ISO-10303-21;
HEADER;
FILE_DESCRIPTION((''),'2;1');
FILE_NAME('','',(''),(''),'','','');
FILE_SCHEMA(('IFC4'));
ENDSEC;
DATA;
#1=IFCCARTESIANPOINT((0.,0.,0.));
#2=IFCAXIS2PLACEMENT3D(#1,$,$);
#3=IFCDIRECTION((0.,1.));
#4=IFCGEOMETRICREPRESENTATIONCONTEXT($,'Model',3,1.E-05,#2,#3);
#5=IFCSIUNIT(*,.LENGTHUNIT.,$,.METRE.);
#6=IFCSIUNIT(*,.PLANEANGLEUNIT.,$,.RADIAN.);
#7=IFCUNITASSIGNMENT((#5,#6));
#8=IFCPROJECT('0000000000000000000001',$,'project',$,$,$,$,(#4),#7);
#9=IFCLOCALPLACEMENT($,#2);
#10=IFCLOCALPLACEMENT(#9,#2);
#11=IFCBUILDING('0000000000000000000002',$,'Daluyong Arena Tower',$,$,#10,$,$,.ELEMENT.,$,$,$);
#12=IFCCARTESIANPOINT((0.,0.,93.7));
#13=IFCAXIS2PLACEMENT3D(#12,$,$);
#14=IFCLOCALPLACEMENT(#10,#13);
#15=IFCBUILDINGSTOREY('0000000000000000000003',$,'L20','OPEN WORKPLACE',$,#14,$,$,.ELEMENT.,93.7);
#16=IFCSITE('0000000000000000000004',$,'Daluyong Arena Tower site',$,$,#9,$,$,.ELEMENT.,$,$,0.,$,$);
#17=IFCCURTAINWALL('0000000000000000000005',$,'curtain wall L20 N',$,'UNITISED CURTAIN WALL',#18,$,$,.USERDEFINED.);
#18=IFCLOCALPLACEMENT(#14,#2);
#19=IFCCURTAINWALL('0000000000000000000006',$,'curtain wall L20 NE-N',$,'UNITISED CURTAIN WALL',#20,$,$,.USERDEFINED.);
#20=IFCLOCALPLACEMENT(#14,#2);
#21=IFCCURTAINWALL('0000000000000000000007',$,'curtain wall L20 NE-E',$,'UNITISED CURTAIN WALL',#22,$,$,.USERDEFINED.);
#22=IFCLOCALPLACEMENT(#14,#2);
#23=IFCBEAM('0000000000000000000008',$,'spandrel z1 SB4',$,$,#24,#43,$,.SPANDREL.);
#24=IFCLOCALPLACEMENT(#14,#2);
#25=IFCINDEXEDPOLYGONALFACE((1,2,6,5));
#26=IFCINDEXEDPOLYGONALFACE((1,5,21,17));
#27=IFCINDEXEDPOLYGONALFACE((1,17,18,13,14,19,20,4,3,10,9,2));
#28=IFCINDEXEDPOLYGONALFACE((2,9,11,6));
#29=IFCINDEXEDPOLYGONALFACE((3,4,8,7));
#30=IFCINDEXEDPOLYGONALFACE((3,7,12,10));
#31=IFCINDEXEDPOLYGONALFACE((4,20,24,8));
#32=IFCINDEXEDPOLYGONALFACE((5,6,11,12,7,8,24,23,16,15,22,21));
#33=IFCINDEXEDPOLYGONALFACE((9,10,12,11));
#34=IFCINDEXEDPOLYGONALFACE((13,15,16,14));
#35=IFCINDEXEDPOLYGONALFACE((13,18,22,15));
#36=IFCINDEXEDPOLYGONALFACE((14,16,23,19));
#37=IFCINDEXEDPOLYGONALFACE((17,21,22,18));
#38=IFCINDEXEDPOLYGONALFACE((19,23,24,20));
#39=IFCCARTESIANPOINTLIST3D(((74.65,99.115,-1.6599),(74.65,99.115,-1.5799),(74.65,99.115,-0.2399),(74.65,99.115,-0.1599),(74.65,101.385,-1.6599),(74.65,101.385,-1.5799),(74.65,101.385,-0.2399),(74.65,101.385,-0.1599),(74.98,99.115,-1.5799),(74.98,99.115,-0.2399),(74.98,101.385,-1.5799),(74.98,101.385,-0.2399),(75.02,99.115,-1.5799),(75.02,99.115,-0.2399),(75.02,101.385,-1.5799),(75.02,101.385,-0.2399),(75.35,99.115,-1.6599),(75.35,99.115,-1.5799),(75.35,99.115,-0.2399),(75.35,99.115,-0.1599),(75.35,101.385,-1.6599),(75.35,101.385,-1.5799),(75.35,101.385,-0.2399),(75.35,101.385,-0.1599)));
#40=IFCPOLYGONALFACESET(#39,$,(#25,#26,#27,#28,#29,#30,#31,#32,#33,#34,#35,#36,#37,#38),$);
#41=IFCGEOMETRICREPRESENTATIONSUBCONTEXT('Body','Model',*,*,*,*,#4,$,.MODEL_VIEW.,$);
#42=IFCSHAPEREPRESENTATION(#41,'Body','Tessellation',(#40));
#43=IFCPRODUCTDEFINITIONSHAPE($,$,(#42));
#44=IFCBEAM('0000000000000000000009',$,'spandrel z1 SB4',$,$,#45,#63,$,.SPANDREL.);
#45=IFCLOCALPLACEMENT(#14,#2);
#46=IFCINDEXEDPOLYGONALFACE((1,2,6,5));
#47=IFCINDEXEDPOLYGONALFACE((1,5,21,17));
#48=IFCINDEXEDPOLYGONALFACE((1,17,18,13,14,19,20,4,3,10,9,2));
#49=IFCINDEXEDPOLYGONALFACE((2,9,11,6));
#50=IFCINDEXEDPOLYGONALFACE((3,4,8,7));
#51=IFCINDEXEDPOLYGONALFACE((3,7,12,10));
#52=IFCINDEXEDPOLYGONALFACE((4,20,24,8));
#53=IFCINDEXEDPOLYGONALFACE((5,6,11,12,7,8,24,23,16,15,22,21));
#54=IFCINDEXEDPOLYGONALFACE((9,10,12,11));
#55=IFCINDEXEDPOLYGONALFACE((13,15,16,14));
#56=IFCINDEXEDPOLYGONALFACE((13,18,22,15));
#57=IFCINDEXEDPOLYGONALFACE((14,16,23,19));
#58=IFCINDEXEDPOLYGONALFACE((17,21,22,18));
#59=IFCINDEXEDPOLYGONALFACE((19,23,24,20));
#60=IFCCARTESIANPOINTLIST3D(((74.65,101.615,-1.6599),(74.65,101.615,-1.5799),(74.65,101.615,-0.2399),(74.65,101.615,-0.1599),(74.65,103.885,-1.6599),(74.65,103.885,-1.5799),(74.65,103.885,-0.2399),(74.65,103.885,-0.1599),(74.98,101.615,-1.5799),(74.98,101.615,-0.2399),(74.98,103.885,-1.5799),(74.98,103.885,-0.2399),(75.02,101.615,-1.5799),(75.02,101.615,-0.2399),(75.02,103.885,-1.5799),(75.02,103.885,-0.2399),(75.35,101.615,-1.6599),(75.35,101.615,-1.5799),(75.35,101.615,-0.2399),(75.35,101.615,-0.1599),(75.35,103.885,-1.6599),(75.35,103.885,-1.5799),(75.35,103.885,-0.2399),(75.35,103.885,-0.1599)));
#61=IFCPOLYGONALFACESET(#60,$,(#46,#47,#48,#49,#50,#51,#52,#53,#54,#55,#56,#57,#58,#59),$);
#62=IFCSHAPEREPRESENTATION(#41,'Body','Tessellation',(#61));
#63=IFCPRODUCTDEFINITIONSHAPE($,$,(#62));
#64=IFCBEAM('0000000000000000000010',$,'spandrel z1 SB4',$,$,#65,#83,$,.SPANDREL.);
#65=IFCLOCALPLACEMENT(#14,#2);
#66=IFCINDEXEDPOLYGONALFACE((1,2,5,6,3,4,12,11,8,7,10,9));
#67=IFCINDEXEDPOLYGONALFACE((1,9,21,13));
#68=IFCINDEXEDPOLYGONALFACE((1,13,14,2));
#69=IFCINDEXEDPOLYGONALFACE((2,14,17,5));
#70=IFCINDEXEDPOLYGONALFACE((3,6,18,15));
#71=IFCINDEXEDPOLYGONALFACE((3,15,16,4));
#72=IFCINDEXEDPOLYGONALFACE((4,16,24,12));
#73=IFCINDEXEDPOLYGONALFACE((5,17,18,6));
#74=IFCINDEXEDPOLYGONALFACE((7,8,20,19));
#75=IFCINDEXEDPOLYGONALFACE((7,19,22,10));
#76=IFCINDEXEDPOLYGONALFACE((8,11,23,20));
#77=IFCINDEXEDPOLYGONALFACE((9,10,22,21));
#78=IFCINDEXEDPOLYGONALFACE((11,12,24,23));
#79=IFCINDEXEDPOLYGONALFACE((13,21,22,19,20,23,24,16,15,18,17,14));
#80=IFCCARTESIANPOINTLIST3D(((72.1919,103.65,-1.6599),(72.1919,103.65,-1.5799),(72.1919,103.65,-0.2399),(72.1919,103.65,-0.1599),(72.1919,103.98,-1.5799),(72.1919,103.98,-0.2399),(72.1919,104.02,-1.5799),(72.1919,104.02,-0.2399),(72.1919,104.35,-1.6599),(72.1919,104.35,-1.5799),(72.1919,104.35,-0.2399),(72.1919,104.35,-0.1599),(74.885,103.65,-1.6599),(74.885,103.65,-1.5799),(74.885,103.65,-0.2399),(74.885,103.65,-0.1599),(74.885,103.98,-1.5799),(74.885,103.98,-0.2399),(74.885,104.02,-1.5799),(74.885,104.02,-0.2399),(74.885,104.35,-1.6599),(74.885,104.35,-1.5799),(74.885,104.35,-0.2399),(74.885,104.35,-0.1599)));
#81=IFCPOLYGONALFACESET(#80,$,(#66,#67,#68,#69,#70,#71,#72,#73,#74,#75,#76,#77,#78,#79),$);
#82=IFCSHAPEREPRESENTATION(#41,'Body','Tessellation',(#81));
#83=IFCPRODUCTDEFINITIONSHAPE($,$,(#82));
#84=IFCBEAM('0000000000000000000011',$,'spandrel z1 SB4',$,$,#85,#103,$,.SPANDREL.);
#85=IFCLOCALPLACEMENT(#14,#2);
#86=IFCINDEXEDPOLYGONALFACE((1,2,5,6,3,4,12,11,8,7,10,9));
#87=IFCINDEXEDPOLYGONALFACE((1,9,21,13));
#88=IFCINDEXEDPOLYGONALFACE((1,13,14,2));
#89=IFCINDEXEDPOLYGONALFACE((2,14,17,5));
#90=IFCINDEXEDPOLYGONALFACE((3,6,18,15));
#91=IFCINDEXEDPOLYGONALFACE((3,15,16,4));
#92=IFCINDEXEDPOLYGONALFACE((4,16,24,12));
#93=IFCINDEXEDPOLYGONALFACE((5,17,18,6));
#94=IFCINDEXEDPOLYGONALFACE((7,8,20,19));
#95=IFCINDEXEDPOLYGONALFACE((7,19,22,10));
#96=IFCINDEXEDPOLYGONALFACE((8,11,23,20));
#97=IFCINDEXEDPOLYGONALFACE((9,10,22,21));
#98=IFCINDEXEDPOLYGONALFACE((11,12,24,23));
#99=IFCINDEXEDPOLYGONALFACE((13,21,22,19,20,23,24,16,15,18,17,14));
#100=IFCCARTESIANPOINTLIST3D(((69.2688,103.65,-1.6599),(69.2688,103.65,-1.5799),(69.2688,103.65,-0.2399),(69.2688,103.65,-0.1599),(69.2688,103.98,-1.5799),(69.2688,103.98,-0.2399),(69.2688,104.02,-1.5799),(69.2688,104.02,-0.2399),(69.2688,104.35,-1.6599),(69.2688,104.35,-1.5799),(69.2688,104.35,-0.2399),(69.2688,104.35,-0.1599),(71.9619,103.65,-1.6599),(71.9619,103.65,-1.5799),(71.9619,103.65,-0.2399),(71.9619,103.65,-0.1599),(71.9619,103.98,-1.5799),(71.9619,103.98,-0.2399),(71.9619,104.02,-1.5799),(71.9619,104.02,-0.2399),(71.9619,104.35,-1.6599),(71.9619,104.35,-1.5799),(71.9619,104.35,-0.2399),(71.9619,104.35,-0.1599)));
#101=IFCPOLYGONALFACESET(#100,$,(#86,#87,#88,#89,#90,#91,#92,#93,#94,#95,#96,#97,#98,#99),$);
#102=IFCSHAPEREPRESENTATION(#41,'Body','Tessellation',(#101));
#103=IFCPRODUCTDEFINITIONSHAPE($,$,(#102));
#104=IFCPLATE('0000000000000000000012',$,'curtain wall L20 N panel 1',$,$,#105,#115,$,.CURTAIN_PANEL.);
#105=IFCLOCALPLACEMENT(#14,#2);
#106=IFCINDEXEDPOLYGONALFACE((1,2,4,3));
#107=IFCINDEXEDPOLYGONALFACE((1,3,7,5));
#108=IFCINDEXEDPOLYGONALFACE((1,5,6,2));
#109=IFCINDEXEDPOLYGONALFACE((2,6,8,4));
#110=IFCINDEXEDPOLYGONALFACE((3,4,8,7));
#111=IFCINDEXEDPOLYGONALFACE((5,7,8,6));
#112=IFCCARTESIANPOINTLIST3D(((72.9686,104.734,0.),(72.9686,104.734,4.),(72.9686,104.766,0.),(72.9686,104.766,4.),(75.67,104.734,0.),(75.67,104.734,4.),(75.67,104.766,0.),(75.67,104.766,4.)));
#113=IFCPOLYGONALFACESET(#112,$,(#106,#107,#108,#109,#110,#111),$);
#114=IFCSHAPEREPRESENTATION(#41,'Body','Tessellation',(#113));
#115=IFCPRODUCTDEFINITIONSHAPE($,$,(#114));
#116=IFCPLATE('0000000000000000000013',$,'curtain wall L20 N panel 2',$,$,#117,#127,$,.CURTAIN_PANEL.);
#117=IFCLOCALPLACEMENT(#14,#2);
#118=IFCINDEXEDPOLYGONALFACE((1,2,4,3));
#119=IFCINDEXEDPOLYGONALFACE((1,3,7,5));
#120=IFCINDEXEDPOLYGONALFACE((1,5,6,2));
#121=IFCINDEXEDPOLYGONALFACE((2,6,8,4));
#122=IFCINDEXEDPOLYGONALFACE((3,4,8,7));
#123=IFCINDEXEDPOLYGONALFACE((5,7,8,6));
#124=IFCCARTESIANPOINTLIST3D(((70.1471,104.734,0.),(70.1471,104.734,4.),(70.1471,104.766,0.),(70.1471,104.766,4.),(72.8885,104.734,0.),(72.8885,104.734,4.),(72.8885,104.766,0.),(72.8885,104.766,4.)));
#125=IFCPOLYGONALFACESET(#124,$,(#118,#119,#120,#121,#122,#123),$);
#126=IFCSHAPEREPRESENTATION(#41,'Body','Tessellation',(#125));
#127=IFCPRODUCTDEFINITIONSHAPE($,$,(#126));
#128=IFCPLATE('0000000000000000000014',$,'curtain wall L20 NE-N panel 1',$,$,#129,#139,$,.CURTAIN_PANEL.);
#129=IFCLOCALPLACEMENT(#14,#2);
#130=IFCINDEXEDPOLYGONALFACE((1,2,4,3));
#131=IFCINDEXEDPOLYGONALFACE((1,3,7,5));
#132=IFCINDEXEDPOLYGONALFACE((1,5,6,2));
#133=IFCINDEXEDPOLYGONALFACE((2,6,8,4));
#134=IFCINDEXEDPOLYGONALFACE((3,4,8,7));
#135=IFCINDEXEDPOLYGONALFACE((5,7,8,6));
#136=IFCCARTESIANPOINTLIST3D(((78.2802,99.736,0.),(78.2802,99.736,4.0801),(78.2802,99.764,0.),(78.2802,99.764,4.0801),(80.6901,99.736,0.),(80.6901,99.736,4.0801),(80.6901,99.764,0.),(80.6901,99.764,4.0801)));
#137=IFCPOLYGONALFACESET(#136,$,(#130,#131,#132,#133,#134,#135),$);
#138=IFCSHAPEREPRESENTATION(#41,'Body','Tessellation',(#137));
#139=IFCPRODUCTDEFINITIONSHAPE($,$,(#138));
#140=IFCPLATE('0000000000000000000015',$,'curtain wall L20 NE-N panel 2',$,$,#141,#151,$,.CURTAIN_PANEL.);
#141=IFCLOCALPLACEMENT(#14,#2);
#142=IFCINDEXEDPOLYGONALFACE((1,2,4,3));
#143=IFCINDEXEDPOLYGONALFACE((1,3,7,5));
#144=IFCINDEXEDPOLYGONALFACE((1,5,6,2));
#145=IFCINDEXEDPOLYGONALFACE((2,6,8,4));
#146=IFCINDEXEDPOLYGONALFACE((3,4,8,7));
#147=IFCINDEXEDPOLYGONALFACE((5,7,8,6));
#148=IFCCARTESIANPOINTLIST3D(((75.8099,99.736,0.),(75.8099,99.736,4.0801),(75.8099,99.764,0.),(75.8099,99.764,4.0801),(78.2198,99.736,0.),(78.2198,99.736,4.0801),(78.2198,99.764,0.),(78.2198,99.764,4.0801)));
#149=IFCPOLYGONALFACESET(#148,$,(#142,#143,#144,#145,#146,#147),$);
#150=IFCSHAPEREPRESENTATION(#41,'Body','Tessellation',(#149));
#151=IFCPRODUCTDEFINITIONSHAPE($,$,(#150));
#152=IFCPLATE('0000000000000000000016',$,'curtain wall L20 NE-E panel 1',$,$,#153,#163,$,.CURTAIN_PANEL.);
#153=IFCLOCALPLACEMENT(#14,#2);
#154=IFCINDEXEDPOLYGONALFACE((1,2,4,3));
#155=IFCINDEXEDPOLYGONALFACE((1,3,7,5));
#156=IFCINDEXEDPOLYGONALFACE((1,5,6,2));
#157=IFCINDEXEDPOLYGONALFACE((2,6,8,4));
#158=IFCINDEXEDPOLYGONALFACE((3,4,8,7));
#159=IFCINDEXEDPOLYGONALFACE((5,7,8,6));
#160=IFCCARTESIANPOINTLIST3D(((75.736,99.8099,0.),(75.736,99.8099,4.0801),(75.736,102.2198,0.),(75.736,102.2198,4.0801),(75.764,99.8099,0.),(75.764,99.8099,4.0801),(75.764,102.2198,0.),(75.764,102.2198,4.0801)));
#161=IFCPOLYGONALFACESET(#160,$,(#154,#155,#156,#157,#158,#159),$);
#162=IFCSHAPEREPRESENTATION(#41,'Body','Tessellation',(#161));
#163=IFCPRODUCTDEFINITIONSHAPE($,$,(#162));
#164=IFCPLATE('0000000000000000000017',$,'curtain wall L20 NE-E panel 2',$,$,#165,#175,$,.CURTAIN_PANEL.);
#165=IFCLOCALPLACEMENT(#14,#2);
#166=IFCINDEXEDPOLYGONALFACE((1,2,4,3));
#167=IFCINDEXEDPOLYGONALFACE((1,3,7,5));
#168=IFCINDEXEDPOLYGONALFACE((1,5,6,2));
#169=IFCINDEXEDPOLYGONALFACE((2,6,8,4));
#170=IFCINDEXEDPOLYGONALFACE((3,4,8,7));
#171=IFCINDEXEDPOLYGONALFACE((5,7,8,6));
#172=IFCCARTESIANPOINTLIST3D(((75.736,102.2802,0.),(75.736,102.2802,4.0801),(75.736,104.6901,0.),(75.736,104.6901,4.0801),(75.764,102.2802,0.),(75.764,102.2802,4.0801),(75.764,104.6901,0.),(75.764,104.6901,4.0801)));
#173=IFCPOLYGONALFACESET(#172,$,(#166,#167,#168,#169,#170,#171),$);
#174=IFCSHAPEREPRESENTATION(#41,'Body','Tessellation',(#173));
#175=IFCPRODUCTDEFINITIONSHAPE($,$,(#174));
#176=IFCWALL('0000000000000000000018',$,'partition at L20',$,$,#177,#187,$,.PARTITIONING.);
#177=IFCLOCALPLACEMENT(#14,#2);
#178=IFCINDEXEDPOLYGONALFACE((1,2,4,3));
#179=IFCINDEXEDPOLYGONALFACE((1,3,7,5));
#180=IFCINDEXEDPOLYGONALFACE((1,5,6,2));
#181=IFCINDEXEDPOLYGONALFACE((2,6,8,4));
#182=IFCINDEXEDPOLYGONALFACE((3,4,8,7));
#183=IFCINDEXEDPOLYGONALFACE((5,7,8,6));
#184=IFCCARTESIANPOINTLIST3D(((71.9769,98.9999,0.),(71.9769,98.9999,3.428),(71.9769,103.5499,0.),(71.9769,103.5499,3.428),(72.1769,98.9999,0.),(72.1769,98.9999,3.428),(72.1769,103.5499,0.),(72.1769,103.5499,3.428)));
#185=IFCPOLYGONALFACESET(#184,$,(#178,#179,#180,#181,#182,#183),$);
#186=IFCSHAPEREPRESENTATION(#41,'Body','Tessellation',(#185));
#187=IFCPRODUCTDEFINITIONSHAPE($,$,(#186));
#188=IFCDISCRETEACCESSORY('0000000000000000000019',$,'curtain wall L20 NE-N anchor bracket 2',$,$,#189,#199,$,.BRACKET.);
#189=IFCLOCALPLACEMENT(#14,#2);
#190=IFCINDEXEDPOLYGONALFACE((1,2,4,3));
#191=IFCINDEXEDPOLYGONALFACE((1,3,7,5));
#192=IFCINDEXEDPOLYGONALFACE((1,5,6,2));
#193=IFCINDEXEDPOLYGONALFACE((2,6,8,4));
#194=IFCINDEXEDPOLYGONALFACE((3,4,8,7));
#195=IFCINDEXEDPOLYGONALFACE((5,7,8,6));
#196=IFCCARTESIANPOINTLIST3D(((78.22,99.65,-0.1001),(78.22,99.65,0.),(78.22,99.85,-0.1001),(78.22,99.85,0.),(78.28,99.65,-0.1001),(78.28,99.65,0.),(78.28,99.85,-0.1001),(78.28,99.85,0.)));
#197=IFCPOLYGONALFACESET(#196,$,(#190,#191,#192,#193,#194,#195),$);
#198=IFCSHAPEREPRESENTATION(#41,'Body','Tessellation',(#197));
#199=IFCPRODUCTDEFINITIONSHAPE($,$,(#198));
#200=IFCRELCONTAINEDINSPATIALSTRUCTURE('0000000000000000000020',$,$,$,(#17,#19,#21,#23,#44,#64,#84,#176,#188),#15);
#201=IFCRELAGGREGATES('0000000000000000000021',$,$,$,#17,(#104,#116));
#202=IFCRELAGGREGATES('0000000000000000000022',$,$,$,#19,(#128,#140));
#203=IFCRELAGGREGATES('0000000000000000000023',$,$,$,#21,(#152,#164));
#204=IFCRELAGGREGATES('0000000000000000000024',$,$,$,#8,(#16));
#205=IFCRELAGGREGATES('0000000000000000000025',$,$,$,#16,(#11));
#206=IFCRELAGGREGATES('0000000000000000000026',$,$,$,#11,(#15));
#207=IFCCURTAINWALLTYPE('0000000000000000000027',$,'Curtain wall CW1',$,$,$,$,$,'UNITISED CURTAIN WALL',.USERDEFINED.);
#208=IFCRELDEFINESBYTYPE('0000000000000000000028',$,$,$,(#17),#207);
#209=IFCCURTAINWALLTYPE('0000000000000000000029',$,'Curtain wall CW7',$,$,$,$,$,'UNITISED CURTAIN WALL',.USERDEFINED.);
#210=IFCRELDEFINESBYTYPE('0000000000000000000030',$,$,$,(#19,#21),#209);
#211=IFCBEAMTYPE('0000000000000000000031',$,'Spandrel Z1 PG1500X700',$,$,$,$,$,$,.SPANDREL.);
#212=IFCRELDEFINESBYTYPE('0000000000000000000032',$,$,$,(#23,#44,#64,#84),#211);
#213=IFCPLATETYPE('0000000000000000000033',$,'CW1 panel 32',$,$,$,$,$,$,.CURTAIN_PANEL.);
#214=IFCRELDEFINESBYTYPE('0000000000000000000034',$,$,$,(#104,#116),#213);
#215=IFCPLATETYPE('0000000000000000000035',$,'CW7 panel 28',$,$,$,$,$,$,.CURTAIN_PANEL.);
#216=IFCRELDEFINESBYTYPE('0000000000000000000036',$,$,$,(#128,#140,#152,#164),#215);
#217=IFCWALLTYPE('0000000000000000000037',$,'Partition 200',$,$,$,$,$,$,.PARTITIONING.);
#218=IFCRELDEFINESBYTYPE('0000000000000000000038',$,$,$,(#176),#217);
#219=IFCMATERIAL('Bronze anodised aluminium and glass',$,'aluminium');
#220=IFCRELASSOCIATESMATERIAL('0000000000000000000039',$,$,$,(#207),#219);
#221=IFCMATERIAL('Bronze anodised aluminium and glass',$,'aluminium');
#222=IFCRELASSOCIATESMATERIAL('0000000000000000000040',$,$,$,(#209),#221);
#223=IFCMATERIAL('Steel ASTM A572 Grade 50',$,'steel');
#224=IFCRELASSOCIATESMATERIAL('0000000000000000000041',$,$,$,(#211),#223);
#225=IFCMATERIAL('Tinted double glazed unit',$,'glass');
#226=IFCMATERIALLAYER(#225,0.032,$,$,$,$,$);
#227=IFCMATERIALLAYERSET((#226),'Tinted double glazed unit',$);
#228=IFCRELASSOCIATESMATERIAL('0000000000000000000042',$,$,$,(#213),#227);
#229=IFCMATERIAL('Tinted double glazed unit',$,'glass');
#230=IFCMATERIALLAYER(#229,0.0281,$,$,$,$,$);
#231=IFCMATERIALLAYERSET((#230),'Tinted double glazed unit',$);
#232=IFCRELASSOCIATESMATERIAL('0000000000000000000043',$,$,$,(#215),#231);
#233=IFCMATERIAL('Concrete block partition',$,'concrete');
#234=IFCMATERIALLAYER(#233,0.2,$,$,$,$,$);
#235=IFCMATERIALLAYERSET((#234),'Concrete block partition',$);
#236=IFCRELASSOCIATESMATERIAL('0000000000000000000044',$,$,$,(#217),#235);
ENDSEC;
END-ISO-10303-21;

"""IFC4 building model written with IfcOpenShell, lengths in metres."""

from ifc_helpers import new_model, si_unit, direction, frame, frame_2d, origin, origin_2d, place, context, subcontext, project, spatial, rectangle, i_section, extrude, material, layer, layer_set, material_profile, profile_set, type_object, element, aggregate, save


model = new_model("IFC4")

# Units and contexts
model_context = context("Model", 3, precision=1e-05, world=origin(), true_north=direction((0.0, 1.0)))
body_context = subcontext(model_context, "Body", "Model", "MODEL_VIEW")
ifc_project = project(units=[si_unit("LENGTHUNIT", "METRE"), si_unit("PLANEANGLEUNIT", "RADIAN")], contexts=[model_context])

# Site, building, storey
site_placement = place(None, origin())
site = spatial("IfcSite", under=ifc_project, at=site_placement, Name="Daluyong Arena Tower site", CompositionType="ELEMENT", RefElevation=0.0)
building_placement = place(site_placement, origin())
building = spatial("IfcBuilding", under=site, at=building_placement, Name="Daluyong Arena Tower", CompositionType="ELEMENT")
storey_placement = place(building_placement, frame((0.0, 0.0, 93.7)))
storey = spatial("IfcBuildingStorey", under=building, at=storey_placement, Name="L20", Description="OPEN WORKPLACE", CompositionType="ELEMENT", Elevation=93.7)

# Shared definitions
ifc_material_1 = material(Name="Bronze anodised aluminium and glass", Category="aluminium")
curtain_wall_type_1 = type_object("IfcCurtainWallType", Name="Curtain wall CW1", ElementType="UNITISED CURTAIN WALL", PredefinedType="USERDEFINED", material=ifc_material_1)

# Curtain walls
curtain_wall_1_placement = place(storey_placement, origin())
curtain_wall_1 = element("IfcCurtainWall", 1, at=curtain_wall_1_placement, inside=storey, type_object=curtain_wall_type_1, Name="curtain wall L20 N", ObjectType="UNITISED CURTAIN WALL", PredefinedType="USERDEFINED")
ifc_material_2 = material(Name="Bronze anodised aluminium and glass", Category="aluminium")
curtain_wall_type_2 = type_object("IfcCurtainWallType", Name="Curtain wall CW7", ElementType="UNITISED CURTAIN WALL", PredefinedType="USERDEFINED", material=ifc_material_2)
curtain_wall_2_placement = place(storey_placement, origin())
curtain_wall_2 = element("IfcCurtainWall", 2, at=curtain_wall_2_placement, inside=storey, type_object=curtain_wall_type_2, Name="curtain wall L20 NE-N", ObjectType="UNITISED CURTAIN WALL", PredefinedType="USERDEFINED")
curtain_wall_3_placement = place(storey_placement, origin())
curtain_wall_3 = element("IfcCurtainWall", 3, at=curtain_wall_3_placement, inside=storey, type_object=curtain_wall_type_2, Name="curtain wall L20 NE-E", ObjectType="UNITISED CURTAIN WALL", PredefinedType="USERDEFINED")

# Beams
ifc_material_3 = material(Name="Steel ASTM A572 Grade 50", Category="steel")
ifc_material_profile_1 = material_profile(ifc_material_3, i_section(OverallWidth=0.7, OverallDepth=1.5, WebThickness=0.04, FlangeThickness=0.08, at=origin_2d()))
ifc_profile_set_1 = profile_set([ifc_material_profile_1], Name="Steel ASTM A572 Grade 50")
beam_type_1 = type_object("IfcBeamType", Name="Spandrel Z1 PG1500X700", PredefinedType="SPANDREL", material=ifc_profile_set_1)
for number, where, z_axis, x_axis, name in (
    (4, (75.0, 99.115, -0.9099), (0.0, 1.0, 0.0), (-1.0, 0.0, 0.0), "spandrel z1 SB4"),
    (5, (75.0, 101.615, -0.9099), (0.0, 1.0, 0.0), (-1.0, 0.0, 0.0), "spandrel z1 SB4"),
):
    element("IfcBeam", number, at=place(storey_placement, frame(where, z_axis=z_axis, x_axis=x_axis)), inside=storey, type_object=beam_type_1, Name=name, PredefinedType="SPANDREL", context=body_context, shape_type="SweptSolid", body=[
        extrude(i_section(OverallWidth=0.7, OverallDepth=1.5, WebThickness=0.04, FlangeThickness=0.08, at=origin_2d()), origin(), (0.0, 0.0, 1.0), 2.27),
    ])
for number, where, z_axis, x_axis, name in (
    (6, (74.885, 104.0, -0.9099), (-1.0, 0.0, 0.0), (0.0, -1.0, 0.0), "spandrel z1 SB4"),
    (7, (71.9619, 104.0, -0.9099), (-1.0, 0.0, 0.0), (0.0, -1.0, 0.0), "spandrel z1 SB4"),
):
    element("IfcBeam", number, at=place(storey_placement, frame(where, z_axis=z_axis, x_axis=x_axis)), inside=storey, type_object=beam_type_1, Name=name, PredefinedType="SPANDREL", context=body_context, shape_type="SweptSolid", body=[
        extrude(i_section(OverallWidth=0.7, OverallDepth=1.5, WebThickness=0.04, FlangeThickness=0.08, at=origin_2d()), origin(), (0.0, 0.0, 1.0), 2.6931),
    ])

# Plates
ifc_material_4 = material(Name="Tinted double glazed unit", Category="glass")
ifc_layer_1 = layer(ifc_material_4, 0.032)
ifc_layer_set_1 = layer_set([ifc_layer_1], Name="Tinted double glazed unit")
plate_type_1 = type_object("IfcPlateType", Name="CW1 panel 32", PredefinedType="CURTAIN_PANEL", material=ifc_layer_set_1)
plate_1_placement = place(storey_placement, frame((74.3193, 104.75, 0.0), z_axis=(0.0, 0.0, 1.0), x_axis=(-1.0, 0.0, 0.0)))
plate_1 = element("IfcPlate", 8, at=plate_1_placement, type_object=plate_type_1, Name="curtain wall L20 N panel 1", PredefinedType="CURTAIN_PANEL", context=body_context, shape_type="SweptSolid", body=[
    extrude(rectangle(XDim=2.7014, YDim=0.032, at=origin_2d()), origin(), (0.0, 0.0, 1.0), 4.0),
])
plate_2_placement = place(storey_placement, frame((71.5178, 104.75, 0.0), z_axis=(0.0, 0.0, 1.0), x_axis=(-1.0, 0.0, 0.0)))
plate_2 = element("IfcPlate", 9, at=plate_2_placement, type_object=plate_type_1, Name="curtain wall L20 N panel 2", PredefinedType="CURTAIN_PANEL", context=body_context, shape_type="SweptSolid", body=[
    extrude(rectangle(XDim=2.7415, YDim=0.032, at=origin_2d()), origin(), (0.0, 0.0, 1.0), 4.0),
])
aggregate(curtain_wall_1, [plate_1, plate_2])
ifc_material_5 = material(Name="Tinted double glazed unit", Category="glass")
ifc_layer_2 = layer(ifc_material_5, 0.0281)
ifc_layer_set_2 = layer_set([ifc_layer_2], Name="Tinted double glazed unit")
plate_type_2 = type_object("IfcPlateType", Name="CW7 panel 28", PredefinedType="CURTAIN_PANEL", material=ifc_layer_set_2)
plate_3_placement = place(storey_placement, frame((79.4851, 99.75, 0.0), z_axis=(0.0, 0.0, 1.0), x_axis=(-1.0, 0.0, 0.0)))
plate_3 = element("IfcPlate", 10, at=plate_3_placement, type_object=plate_type_2, Name="curtain wall L20 NE-N panel 1", PredefinedType="CURTAIN_PANEL", context=body_context, shape_type="SweptSolid", body=[
    extrude(rectangle(XDim=2.4099, YDim=0.0281, at=origin_2d()), origin(), (0.0, 0.0, 1.0), 4.0801),
])
plate_4_placement = place(storey_placement, frame((77.0149, 99.75, 0.0), z_axis=(0.0, 0.0, 1.0), x_axis=(-1.0, 0.0, 0.0)))
plate_4 = element("IfcPlate", 11, at=plate_4_placement, type_object=plate_type_2, Name="curtain wall L20 NE-N panel 2", PredefinedType="CURTAIN_PANEL", context=body_context, shape_type="SweptSolid", body=[
    extrude(rectangle(XDim=2.4099, YDim=0.0281, at=origin_2d()), origin(), (0.0, 0.0, 1.0), 4.0801),
])
aggregate(curtain_wall_2, [plate_3, plate_4])
plate_5_placement = place(storey_placement, frame((75.75, 101.0149, 0.0), z_axis=(0.0, 0.0, 1.0), x_axis=(0.0, 1.0, 0.0)))
plate_5 = element("IfcPlate", 12, at=plate_5_placement, type_object=plate_type_2, Name="curtain wall L20 NE-E panel 1", PredefinedType="CURTAIN_PANEL", context=body_context, shape_type="SweptSolid", body=[
    extrude(rectangle(XDim=2.4099, YDim=0.0281, at=origin_2d()), origin(), (0.0, 0.0, 1.0), 4.0801),
])
plate_6_placement = place(storey_placement, frame((75.75, 103.4851, 0.0), z_axis=(0.0, 0.0, 1.0), x_axis=(0.0, 1.0, 0.0)))
plate_6 = element("IfcPlate", 13, at=plate_6_placement, type_object=plate_type_2, Name="curtain wall L20 NE-E panel 2", PredefinedType="CURTAIN_PANEL", context=body_context, shape_type="SweptSolid", body=[
    extrude(rectangle(XDim=2.4099, YDim=0.0281, at=origin_2d()), origin(), (0.0, 0.0, 1.0), 4.0801),
])
aggregate(curtain_wall_3, [plate_5, plate_6])

# Wall
ifc_material_6 = material(Name="Concrete block partition", Category="concrete")
ifc_layer_3 = layer(ifc_material_6, 0.2)
ifc_layer_set_3 = layer_set([ifc_layer_3], Name="Concrete block partition")
wall_type = type_object("IfcWallType", Name="Partition 200", PredefinedType="PARTITIONING", material=ifc_layer_set_3)
wall_placement = place(storey_placement, frame((72.0769, 99.0, 0.0), z_axis=(0.0, 0.0, 1.0), x_axis=(0.0, 1.0, 0.0)))
element("IfcWall", 14, at=wall_placement, inside=storey, type_object=wall_type, Name="partition at L20", PredefinedType="PARTITIONING", context=body_context, shape_type="SweptSolid", body=[
    extrude(rectangle(XDim=4.55, YDim=0.2, at=frame_2d((2.2749, 0.0))), origin(), (0.0, 0.0, 1.0), 3.428),
])

# Discrete accessory
for number, where, z_axis, x_axis, name in (
    (15, (78.25, 99.75, -0.1001), (0.0, 0.0, 1.0), (-1.0, 0.0, 0.0), "curtain wall L20 NE-N anchor bracket 2"),
):
    element("IfcDiscreteAccessory", number, at=place(storey_placement, frame(where, z_axis=z_axis, x_axis=x_axis)), inside=storey, Name=name, PredefinedType="BRACKET", context=body_context, shape_type="SweptSolid", body=[
        extrude(rectangle(XDim=0.0601, YDim=0.2, at=origin_2d()), origin(), (0.0, 0.0, 1.0), 0.1001),
    ])

save(model, "model.ifc")
